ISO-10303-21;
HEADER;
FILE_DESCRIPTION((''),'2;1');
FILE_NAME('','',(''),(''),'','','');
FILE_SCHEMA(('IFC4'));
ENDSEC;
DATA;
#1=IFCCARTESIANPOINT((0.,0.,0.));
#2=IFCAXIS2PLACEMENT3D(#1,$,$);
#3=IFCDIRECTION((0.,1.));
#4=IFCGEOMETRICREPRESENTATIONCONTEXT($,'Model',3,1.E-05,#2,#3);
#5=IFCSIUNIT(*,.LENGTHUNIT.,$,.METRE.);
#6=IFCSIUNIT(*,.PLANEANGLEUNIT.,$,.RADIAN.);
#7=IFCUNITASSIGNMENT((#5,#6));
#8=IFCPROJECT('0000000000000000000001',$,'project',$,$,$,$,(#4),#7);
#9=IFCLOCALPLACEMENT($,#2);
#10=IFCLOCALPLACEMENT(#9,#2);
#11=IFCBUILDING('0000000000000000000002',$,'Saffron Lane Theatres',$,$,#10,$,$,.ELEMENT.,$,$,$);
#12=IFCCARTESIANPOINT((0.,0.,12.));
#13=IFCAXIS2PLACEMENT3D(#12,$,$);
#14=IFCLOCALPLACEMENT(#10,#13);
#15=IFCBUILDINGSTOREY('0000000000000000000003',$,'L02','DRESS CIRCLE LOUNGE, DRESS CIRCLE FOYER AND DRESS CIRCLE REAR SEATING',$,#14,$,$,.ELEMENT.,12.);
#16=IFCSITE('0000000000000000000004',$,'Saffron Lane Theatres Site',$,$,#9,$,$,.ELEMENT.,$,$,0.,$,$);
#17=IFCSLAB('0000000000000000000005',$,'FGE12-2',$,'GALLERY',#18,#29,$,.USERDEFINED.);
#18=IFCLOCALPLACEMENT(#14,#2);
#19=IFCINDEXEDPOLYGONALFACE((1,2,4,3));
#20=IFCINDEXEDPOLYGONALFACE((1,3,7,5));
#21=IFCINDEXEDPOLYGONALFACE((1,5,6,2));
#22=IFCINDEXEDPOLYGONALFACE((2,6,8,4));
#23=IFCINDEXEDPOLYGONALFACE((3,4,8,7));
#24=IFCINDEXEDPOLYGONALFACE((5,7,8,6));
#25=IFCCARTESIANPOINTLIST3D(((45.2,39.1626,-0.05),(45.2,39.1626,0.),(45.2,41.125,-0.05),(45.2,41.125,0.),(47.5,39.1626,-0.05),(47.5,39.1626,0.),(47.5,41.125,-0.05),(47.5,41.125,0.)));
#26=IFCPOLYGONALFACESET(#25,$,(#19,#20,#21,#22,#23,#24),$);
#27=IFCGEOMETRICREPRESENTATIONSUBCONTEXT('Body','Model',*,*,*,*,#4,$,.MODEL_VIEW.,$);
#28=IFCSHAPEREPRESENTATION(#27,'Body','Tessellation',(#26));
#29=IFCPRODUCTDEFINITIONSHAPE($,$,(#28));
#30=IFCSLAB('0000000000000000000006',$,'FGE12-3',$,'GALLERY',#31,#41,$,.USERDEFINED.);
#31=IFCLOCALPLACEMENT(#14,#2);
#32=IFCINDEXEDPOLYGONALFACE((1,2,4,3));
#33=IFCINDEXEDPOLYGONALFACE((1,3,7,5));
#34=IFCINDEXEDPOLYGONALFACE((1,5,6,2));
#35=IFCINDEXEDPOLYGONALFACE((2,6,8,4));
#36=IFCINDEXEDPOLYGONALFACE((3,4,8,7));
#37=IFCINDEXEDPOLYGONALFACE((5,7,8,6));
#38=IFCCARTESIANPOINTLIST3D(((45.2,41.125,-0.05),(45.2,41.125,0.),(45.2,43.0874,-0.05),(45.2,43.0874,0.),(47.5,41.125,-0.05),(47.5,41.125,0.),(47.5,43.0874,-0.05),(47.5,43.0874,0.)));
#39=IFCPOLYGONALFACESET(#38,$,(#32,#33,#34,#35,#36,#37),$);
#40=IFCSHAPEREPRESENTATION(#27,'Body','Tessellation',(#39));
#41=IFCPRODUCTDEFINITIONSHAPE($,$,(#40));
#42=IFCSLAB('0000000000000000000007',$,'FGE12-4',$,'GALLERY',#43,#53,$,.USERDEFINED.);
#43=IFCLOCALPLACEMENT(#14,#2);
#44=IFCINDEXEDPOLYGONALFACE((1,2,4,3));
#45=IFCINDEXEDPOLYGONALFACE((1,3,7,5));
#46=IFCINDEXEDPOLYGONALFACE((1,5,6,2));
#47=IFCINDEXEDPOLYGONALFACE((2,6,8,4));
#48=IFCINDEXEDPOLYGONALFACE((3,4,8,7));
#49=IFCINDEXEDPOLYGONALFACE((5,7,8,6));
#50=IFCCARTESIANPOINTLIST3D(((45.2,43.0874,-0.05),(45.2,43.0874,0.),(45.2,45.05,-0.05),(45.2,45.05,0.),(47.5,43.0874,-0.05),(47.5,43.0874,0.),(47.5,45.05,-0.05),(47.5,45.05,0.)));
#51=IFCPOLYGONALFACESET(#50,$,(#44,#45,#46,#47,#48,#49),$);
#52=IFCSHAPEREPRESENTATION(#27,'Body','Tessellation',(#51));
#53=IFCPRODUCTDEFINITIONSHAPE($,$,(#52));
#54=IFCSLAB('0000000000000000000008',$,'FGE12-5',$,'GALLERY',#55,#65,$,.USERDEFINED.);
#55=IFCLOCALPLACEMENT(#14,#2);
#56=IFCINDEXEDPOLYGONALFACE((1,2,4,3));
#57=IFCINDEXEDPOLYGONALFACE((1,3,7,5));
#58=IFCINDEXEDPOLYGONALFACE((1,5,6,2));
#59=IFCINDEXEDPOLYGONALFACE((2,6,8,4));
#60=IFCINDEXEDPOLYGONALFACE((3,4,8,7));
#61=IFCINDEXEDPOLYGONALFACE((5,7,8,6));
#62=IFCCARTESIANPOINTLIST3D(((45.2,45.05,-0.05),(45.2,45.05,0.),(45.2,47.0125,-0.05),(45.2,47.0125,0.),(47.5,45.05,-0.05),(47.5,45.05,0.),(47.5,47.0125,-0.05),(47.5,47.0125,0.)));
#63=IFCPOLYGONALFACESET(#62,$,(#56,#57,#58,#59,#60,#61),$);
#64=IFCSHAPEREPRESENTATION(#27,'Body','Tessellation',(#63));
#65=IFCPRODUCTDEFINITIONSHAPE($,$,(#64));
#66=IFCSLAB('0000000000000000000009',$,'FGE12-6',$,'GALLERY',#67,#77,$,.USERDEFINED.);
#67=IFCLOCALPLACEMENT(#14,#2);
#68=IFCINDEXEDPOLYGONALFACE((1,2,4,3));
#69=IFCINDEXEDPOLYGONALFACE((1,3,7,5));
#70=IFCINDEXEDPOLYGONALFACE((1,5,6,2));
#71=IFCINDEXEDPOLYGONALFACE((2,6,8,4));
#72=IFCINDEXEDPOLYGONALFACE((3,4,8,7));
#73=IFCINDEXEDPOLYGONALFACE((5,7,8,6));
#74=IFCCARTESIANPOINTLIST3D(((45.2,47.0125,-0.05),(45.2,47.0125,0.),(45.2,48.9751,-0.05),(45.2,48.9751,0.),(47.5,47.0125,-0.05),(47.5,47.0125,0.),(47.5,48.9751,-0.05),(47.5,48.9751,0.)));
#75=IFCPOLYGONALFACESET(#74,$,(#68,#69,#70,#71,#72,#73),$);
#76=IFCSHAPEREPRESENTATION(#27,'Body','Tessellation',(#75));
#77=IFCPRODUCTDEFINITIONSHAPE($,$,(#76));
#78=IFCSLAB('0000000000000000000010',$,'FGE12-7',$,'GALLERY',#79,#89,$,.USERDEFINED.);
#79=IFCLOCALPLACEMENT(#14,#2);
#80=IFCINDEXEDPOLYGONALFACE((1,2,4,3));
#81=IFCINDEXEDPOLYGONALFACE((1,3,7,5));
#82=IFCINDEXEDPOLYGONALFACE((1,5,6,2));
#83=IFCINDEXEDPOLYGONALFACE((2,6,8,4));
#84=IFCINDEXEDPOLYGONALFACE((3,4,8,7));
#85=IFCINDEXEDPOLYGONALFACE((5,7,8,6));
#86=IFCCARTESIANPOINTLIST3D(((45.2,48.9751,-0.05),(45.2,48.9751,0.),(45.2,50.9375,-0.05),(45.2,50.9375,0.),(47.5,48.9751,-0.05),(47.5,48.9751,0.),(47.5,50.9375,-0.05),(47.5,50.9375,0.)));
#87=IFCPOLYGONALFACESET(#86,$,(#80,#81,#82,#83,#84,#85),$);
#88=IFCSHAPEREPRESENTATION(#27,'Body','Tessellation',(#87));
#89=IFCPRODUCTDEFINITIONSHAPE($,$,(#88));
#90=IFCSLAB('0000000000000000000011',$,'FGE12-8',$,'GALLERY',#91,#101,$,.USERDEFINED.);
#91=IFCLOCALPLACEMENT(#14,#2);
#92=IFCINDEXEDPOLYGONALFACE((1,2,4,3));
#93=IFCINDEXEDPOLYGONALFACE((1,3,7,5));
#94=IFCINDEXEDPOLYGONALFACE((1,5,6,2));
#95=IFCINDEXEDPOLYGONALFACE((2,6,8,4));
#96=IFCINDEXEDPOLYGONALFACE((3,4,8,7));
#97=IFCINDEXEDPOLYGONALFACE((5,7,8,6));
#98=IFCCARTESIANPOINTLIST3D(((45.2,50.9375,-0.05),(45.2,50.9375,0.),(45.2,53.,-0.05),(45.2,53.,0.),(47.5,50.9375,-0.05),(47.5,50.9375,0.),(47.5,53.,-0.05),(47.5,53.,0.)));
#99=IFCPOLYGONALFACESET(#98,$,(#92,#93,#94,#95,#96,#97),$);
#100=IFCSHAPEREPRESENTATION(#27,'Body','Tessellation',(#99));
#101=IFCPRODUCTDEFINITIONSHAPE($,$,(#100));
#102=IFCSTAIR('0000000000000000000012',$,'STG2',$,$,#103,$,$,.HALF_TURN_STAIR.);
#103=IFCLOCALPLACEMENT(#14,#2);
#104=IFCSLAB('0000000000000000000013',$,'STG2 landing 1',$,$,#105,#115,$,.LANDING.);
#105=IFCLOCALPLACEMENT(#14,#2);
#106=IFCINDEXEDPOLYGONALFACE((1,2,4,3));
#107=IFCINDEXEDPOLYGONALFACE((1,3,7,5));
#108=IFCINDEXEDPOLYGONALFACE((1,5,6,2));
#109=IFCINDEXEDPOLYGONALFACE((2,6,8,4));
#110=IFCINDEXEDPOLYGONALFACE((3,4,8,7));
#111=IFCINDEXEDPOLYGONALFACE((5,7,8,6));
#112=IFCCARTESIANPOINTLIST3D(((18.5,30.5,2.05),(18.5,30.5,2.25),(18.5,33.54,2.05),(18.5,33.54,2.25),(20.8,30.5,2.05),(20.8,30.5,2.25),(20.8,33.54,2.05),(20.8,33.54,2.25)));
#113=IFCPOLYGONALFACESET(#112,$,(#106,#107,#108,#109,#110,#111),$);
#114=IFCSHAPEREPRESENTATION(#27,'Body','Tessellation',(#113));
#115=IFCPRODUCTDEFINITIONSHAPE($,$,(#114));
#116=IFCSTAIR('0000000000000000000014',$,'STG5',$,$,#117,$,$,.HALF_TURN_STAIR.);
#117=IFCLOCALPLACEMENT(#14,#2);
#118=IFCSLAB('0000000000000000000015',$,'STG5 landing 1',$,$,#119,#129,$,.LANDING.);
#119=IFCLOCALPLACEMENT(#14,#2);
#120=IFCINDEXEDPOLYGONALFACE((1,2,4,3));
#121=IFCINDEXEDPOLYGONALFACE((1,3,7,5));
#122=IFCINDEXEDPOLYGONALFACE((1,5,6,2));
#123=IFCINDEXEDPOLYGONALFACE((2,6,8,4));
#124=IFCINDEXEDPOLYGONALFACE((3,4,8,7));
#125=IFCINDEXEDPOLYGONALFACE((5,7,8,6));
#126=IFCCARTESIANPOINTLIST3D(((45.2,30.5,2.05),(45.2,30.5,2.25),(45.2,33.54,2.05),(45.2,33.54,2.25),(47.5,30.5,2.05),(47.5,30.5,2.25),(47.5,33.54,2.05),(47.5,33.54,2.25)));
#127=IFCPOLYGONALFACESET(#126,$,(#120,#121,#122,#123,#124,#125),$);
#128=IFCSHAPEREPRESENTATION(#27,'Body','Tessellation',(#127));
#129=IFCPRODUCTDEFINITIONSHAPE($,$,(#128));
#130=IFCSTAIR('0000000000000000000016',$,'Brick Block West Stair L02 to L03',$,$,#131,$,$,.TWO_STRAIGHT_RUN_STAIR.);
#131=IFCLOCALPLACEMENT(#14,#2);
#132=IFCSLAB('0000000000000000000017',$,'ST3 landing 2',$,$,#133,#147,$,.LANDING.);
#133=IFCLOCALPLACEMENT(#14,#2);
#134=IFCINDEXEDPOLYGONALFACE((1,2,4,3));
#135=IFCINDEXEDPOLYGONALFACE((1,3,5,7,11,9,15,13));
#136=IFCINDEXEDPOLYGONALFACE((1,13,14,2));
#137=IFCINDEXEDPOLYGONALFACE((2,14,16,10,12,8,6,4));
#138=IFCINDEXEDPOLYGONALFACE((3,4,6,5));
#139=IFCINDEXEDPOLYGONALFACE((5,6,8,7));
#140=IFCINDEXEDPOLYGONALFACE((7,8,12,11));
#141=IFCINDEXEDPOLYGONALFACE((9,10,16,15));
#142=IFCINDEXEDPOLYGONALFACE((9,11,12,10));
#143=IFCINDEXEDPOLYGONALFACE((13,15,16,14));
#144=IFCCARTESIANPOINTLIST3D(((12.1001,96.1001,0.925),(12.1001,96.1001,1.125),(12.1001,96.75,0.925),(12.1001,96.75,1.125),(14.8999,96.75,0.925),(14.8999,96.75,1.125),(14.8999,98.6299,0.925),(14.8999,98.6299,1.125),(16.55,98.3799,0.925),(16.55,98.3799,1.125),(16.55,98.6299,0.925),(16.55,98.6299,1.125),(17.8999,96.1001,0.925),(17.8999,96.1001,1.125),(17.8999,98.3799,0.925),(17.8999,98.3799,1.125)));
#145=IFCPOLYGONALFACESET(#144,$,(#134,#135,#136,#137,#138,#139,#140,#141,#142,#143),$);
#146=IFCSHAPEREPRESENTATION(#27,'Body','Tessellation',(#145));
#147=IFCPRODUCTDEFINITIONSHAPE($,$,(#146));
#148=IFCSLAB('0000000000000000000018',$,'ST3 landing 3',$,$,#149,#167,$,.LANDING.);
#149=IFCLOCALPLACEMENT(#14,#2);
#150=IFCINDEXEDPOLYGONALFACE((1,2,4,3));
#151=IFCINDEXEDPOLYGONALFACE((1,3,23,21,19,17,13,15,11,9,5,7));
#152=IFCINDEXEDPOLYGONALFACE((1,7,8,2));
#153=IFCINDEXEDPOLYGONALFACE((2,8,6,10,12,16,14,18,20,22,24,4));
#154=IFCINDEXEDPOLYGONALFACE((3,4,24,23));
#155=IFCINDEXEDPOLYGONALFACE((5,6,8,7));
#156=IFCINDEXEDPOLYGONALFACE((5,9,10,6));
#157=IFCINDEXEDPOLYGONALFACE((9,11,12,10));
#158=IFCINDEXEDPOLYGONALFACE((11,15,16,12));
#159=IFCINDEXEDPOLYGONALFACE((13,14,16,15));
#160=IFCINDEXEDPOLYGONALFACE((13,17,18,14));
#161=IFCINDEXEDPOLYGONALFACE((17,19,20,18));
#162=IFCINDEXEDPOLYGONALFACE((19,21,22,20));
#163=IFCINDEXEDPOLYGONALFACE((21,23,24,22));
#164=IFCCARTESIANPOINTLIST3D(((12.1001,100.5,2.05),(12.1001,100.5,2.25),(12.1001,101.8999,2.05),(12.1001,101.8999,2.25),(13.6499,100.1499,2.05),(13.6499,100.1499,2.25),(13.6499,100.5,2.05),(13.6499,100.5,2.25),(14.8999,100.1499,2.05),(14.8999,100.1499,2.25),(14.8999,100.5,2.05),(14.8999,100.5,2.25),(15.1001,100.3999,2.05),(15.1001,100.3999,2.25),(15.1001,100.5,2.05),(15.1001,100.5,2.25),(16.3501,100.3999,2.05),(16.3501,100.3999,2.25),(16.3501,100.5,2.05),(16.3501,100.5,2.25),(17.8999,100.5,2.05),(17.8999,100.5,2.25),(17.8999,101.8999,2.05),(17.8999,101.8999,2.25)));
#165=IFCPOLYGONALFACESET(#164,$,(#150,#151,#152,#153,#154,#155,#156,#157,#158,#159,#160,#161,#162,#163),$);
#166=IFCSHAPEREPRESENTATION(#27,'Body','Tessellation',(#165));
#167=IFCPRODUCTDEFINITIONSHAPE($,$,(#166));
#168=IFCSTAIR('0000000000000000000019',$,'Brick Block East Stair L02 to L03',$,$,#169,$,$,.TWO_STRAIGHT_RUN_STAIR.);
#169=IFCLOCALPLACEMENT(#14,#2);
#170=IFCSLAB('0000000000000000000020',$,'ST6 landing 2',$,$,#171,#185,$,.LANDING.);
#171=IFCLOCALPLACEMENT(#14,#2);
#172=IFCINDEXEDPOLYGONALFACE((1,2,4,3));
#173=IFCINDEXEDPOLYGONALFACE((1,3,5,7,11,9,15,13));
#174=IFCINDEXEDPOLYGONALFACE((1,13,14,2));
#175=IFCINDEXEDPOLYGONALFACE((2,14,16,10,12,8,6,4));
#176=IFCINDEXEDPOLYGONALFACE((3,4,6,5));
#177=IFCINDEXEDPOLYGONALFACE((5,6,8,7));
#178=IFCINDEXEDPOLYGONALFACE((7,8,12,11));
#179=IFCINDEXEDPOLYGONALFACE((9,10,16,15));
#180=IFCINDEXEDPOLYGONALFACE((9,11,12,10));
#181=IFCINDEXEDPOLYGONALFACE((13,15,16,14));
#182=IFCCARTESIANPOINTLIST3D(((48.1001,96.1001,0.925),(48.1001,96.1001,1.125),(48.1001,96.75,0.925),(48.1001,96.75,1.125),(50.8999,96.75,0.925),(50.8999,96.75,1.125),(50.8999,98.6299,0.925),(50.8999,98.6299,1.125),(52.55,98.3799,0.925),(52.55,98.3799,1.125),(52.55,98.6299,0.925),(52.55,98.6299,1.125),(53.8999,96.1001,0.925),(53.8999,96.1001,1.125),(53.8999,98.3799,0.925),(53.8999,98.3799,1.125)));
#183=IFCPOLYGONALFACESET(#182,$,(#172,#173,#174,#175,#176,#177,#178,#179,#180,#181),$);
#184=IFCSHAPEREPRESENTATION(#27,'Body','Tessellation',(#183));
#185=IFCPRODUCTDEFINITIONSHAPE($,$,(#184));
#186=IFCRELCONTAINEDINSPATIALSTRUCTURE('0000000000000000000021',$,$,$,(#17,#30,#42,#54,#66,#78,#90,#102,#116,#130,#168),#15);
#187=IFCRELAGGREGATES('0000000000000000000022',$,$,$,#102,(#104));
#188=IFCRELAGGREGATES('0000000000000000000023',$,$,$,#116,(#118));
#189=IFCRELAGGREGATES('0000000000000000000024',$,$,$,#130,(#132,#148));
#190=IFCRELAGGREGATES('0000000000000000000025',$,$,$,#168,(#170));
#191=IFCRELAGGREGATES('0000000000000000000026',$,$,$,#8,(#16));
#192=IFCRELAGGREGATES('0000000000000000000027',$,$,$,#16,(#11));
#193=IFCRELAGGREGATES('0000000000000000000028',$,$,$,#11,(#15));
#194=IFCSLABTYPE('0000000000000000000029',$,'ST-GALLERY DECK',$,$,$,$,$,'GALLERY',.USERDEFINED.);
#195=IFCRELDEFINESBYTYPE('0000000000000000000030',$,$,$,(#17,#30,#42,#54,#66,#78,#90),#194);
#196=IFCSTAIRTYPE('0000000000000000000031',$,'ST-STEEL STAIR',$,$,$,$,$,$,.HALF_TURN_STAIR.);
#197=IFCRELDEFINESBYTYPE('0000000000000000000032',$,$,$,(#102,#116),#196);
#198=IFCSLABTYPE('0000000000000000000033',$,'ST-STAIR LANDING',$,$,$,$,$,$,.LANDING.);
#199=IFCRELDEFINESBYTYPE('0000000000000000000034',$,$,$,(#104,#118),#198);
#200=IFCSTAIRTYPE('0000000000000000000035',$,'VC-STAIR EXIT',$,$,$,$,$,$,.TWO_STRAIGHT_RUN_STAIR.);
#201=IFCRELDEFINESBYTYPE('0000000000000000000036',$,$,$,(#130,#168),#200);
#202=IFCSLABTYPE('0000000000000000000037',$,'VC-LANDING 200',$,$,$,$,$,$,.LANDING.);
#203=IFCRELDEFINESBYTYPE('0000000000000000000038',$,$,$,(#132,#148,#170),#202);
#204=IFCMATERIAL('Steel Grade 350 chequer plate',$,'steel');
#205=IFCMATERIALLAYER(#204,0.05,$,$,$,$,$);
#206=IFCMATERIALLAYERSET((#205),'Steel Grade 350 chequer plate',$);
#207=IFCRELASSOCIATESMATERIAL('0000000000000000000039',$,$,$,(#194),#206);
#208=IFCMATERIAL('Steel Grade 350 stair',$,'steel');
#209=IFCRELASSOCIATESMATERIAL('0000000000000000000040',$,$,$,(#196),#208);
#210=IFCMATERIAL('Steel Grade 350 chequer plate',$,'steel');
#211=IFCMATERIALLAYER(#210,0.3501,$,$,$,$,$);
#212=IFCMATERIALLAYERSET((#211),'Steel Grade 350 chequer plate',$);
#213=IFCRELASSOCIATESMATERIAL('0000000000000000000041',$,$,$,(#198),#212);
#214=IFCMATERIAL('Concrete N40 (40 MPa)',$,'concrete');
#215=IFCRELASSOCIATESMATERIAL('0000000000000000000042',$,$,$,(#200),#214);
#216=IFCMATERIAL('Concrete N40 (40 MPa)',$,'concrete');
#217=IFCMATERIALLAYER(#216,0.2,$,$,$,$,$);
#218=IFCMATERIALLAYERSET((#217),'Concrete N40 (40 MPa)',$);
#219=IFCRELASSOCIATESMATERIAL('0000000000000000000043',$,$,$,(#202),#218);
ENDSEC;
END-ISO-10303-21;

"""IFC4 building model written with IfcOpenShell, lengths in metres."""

from ifc_helpers import new_model, si_unit, direction, frame, origin, place, context, subcontext, project, spatial, polyline, outline, extrude, material, layer, layer_set, type_object, element, aggregate, save


model = new_model("IFC4")

# Units and contexts
model_context = context("Model", 3, precision=1e-05, world=origin(), true_north=direction((0.0, 1.0)))
body_context = subcontext(model_context, "Body", "Model", "MODEL_VIEW")
ifc_project = project(units=[si_unit("LENGTHUNIT", "METRE"), si_unit("PLANEANGLEUNIT", "RADIAN")], contexts=[model_context])

# Site, building, storey
site_placement = place(None, origin())
site = spatial("IfcSite", under=ifc_project, at=site_placement, Name="Saffron Lane Theatres Site", CompositionType="ELEMENT", RefElevation=0.0)
building_placement = place(site_placement, origin())
building = spatial("IfcBuilding", under=site, at=building_placement, Name="Saffron Lane Theatres", CompositionType="ELEMENT")
storey_placement = place(building_placement, frame((0.0, 0.0, 12.0)))
storey = spatial("IfcBuildingStorey", under=building, at=storey_placement, Name="L02", Description="DRESS CIRCLE LOUNGE, DRESS CIRCLE FOYER AND DRESS CIRCLE REAR SEATING", CompositionType="ELEMENT", Elevation=12.0)

# Slabs
ifc_material_1 = material(Name="Steel Grade 350 chequer plate", Category="steel")
ifc_layer_1 = layer(ifc_material_1, 0.05)
ifc_layer_set_1 = layer_set([ifc_layer_1], Name="Steel Grade 350 chequer plate")
slab_type_1 = type_object("IfcSlabType", Name="ST-GALLERY DECK", ElementType="GALLERY", PredefinedType="USERDEFINED", material=ifc_layer_set_1)
slab_1_placement = place(storey_placement, frame((0.0, 0.0, -0.05)))
element("IfcSlab", 1, at=slab_1_placement, inside=storey, type_object=slab_type_1, Name="FGE12-2", ObjectType="GALLERY", PredefinedType="USERDEFINED", context=body_context, shape_type="SweptSolid", body=[
    extrude(outline(polyline([(45.2, 39.1626), (47.5, 39.1626), (47.5, 41.125), (45.2, 41.125), (45.2, 39.1626)])), origin(), (0.0, 0.0, 1.0), 0.05),
])
slab_2_placement = place(storey_placement, frame((0.0, 0.0, -0.05)))
element("IfcSlab", 2, at=slab_2_placement, inside=storey, type_object=slab_type_1, Name="FGE12-3", ObjectType="GALLERY", PredefinedType="USERDEFINED", context=body_context, shape_type="SweptSolid", body=[
    extrude(outline(polyline([(45.2, 41.125), (47.5, 41.125), (47.5, 43.0874), (45.2, 43.0874), (45.2, 41.125)])), origin(), (0.0, 0.0, 1.0), 0.05),
])
slab_3_placement = place(storey_placement, frame((0.0, 0.0, -0.05)))
element("IfcSlab", 3, at=slab_3_placement, inside=storey, type_object=slab_type_1, Name="FGE12-4", ObjectType="GALLERY", PredefinedType="USERDEFINED", context=body_context, shape_type="SweptSolid", body=[
    extrude(outline(polyline([(45.2, 43.0874), (47.5, 43.0874), (47.5, 45.05), (45.2, 45.05), (45.2, 43.0874)])), origin(), (0.0, 0.0, 1.0), 0.05),
])
slab_4_placement = place(storey_placement, frame((0.0, 0.0, -0.05)))
element("IfcSlab", 4, at=slab_4_placement, inside=storey, type_object=slab_type_1, Name="FGE12-5", ObjectType="GALLERY", PredefinedType="USERDEFINED", context=body_context, shape_type="SweptSolid", body=[
    extrude(outline(polyline([(45.2, 45.05), (47.5, 45.05), (47.5, 47.0125), (45.2, 47.0125), (45.2, 45.05)])), origin(), (0.0, 0.0, 1.0), 0.05),
])
slab_5_placement = place(storey_placement, frame((0.0, 0.0, -0.05)))
element("IfcSlab", 5, at=slab_5_placement, inside=storey, type_object=slab_type_1, Name="FGE12-6", ObjectType="GALLERY", PredefinedType="USERDEFINED", context=body_context, shape_type="SweptSolid", body=[
    extrude(outline(polyline([(45.2, 47.0125), (47.5, 47.0125), (47.5, 48.9751), (45.2, 48.9751), (45.2, 47.0125)])), origin(), (0.0, 0.0, 1.0), 0.05),
])
slab_6_placement = place(storey_placement, frame((0.0, 0.0, -0.05)))
element("IfcSlab", 6, at=slab_6_placement, inside=storey, type_object=slab_type_1, Name="FGE12-7", ObjectType="GALLERY", PredefinedType="USERDEFINED", context=body_context, shape_type="SweptSolid", body=[
    extrude(outline(polyline([(45.2, 48.9751), (47.5, 48.9751), (47.5, 50.9375), (45.2, 50.9375), (45.2, 48.9751)])), origin(), (0.0, 0.0, 1.0), 0.05),
])
slab_7_placement = place(storey_placement, frame((0.0, 0.0, -0.05)))
element("IfcSlab", 7, at=slab_7_placement, inside=storey, type_object=slab_type_1, Name="FGE12-8", ObjectType="GALLERY", PredefinedType="USERDEFINED", context=body_context, shape_type="SweptSolid", body=[
    extrude(outline(polyline([(45.2, 50.9375), (47.5, 50.9375), (47.5, 53.0), (45.2, 53.0), (45.2, 50.9375)])), origin(), (0.0, 0.0, 1.0), 0.05),
])

# Stairs, slabs
ifc_material_2 = material(Name="Steel Grade 350 stair", Category="steel")
stair_type_1 = type_object("IfcStairType", Name="ST-STEEL STAIR", PredefinedType="HALF_TURN_STAIR", material=ifc_material_2)
stair_1_placement = place(storey_placement, origin())
stair_1 = element("IfcStair", 8, at=stair_1_placement, inside=storey, type_object=stair_type_1, Name="STG2", PredefinedType="HALF_TURN_STAIR")
ifc_material_3 = material(Name="Steel Grade 350 chequer plate", Category="steel")
ifc_layer_2 = layer(ifc_material_3, 0.3501)
ifc_layer_set_2 = layer_set([ifc_layer_2], Name="Steel Grade 350 chequer plate")
slab_type_2 = type_object("IfcSlabType", Name="ST-STAIR LANDING", PredefinedType="LANDING", material=ifc_layer_set_2)
slab_8_placement = place(storey_placement, frame((0.0, 0.0, 2.05)))
slab_8 = element("IfcSlab", 9, at=slab_8_placement, type_object=slab_type_2, Name="STG2 landing 1", PredefinedType="LANDING", context=body_context, shape_type="SweptSolid", body=[
    extrude(outline(polyline([(18.5, 30.5), (20.8, 30.5), (20.8, 33.54), (18.5, 33.54), (18.5, 30.5)])), origin(), (0.0, 0.0, 1.0), 0.2),
])
aggregate(stair_1, [slab_8])
stair_2_placement = place(storey_placement, origin())
stair_2 = element("IfcStair", 10, at=stair_2_placement, inside=storey, type_object=stair_type_1, Name="STG5", PredefinedType="HALF_TURN_STAIR")
slab_9_placement = place(storey_placement, frame((0.0, 0.0, 2.05)))
slab_9 = element("IfcSlab", 11, at=slab_9_placement, type_object=slab_type_2, Name="STG5 landing 1", PredefinedType="LANDING", context=body_context, shape_type="SweptSolid", body=[
    extrude(outline(polyline([(45.2, 30.5), (47.5, 30.5), (47.5, 33.54), (45.2, 33.54), (45.2, 30.5)])), origin(), (0.0, 0.0, 1.0), 0.2),
])
aggregate(stair_2, [slab_9])

# Stairs, slabs
ifc_material_4 = material(Name="Concrete N40 (40 MPa)", Category="concrete")
stair_type_2 = type_object("IfcStairType", Name="VC-STAIR EXIT", PredefinedType="TWO_STRAIGHT_RUN_STAIR", material=ifc_material_4)
stair_3_placement = place(storey_placement, origin())
stair_3 = element("IfcStair", 12, at=stair_3_placement, inside=storey, type_object=stair_type_2, Name="Brick Block West Stair L02 to L03", PredefinedType="TWO_STRAIGHT_RUN_STAIR")
ifc_material_5 = material(Name="Concrete N40 (40 MPa)", Category="concrete")
ifc_layer_3 = layer(ifc_material_5, 0.2)
ifc_layer_set_3 = layer_set([ifc_layer_3], Name="Concrete N40 (40 MPa)")
slab_type_3 = type_object("IfcSlabType", Name="VC-LANDING 200", PredefinedType="LANDING", material=ifc_layer_set_3)
slab_10_placement = place(storey_placement, frame((0.0, 0.0, 0.925)))
slab_10 = element("IfcSlab", 13, at=slab_10_placement, type_object=slab_type_3, Name="ST3 landing 2", PredefinedType="LANDING", context=body_context, shape_type="SweptSolid", body=[
    extrude(outline(polyline([(14.8999, 98.6299), (16.55, 98.6299), (16.55, 98.3799), (17.8999, 98.3799), (17.8999, 96.1001), (12.1001, 96.1001), (12.1001, 96.75), (14.8999, 96.75), (14.8999, 98.6299)])), origin(), (0.0, 0.0, 1.0), 0.2),
])
slab_11_placement = place(storey_placement, frame((0.0, 0.0, 2.05)))
slab_11 = element("IfcSlab", 14, at=slab_11_placement, type_object=slab_type_3, Name="ST3 landing 3", PredefinedType="LANDING", context=body_context, shape_type="SweptSolid", body=[
    extrude(outline(polyline([(12.1001, 100.5), (12.1001, 101.8999), (17.8999, 101.8999), (17.8999, 100.5), (16.3501, 100.5), (16.3501, 100.3999), (15.1001, 100.3999), (15.1001, 100.5), (14.8999, 100.5), (14.8999, 100.1499), (13.6499, 100.1499), (13.6499, 100.5), (12.1001, 100.5)])), origin(), (0.0, 0.0, 1.0), 0.2),
])
aggregate(stair_3, [slab_10, slab_11])
stair_4_placement = place(storey_placement, origin())
stair_4 = element("IfcStair", 15, at=stair_4_placement, inside=storey, type_object=stair_type_2, Name="Brick Block East Stair L02 to L03", PredefinedType="TWO_STRAIGHT_RUN_STAIR")
slab_12_placement = place(storey_placement, frame((0.0, 0.0, 0.925)))
slab_12 = element("IfcSlab", 16, at=slab_12_placement, type_object=slab_type_3, Name="ST6 landing 2", PredefinedType="LANDING", context=body_context, shape_type="SweptSolid", body=[
    extrude(outline(polyline([(50.8999, 98.6299), (52.55, 98.6299), (52.55, 98.3799), (53.8999, 98.3799), (53.8999, 96.1001), (48.1001, 96.1001), (48.1001, 96.75), (50.8999, 96.75), (50.8999, 98.6299)])), origin(), (0.0, 0.0, 1.0), 0.2),
])
aggregate(stair_4, [slab_12])

save(model, "model.ifc")
